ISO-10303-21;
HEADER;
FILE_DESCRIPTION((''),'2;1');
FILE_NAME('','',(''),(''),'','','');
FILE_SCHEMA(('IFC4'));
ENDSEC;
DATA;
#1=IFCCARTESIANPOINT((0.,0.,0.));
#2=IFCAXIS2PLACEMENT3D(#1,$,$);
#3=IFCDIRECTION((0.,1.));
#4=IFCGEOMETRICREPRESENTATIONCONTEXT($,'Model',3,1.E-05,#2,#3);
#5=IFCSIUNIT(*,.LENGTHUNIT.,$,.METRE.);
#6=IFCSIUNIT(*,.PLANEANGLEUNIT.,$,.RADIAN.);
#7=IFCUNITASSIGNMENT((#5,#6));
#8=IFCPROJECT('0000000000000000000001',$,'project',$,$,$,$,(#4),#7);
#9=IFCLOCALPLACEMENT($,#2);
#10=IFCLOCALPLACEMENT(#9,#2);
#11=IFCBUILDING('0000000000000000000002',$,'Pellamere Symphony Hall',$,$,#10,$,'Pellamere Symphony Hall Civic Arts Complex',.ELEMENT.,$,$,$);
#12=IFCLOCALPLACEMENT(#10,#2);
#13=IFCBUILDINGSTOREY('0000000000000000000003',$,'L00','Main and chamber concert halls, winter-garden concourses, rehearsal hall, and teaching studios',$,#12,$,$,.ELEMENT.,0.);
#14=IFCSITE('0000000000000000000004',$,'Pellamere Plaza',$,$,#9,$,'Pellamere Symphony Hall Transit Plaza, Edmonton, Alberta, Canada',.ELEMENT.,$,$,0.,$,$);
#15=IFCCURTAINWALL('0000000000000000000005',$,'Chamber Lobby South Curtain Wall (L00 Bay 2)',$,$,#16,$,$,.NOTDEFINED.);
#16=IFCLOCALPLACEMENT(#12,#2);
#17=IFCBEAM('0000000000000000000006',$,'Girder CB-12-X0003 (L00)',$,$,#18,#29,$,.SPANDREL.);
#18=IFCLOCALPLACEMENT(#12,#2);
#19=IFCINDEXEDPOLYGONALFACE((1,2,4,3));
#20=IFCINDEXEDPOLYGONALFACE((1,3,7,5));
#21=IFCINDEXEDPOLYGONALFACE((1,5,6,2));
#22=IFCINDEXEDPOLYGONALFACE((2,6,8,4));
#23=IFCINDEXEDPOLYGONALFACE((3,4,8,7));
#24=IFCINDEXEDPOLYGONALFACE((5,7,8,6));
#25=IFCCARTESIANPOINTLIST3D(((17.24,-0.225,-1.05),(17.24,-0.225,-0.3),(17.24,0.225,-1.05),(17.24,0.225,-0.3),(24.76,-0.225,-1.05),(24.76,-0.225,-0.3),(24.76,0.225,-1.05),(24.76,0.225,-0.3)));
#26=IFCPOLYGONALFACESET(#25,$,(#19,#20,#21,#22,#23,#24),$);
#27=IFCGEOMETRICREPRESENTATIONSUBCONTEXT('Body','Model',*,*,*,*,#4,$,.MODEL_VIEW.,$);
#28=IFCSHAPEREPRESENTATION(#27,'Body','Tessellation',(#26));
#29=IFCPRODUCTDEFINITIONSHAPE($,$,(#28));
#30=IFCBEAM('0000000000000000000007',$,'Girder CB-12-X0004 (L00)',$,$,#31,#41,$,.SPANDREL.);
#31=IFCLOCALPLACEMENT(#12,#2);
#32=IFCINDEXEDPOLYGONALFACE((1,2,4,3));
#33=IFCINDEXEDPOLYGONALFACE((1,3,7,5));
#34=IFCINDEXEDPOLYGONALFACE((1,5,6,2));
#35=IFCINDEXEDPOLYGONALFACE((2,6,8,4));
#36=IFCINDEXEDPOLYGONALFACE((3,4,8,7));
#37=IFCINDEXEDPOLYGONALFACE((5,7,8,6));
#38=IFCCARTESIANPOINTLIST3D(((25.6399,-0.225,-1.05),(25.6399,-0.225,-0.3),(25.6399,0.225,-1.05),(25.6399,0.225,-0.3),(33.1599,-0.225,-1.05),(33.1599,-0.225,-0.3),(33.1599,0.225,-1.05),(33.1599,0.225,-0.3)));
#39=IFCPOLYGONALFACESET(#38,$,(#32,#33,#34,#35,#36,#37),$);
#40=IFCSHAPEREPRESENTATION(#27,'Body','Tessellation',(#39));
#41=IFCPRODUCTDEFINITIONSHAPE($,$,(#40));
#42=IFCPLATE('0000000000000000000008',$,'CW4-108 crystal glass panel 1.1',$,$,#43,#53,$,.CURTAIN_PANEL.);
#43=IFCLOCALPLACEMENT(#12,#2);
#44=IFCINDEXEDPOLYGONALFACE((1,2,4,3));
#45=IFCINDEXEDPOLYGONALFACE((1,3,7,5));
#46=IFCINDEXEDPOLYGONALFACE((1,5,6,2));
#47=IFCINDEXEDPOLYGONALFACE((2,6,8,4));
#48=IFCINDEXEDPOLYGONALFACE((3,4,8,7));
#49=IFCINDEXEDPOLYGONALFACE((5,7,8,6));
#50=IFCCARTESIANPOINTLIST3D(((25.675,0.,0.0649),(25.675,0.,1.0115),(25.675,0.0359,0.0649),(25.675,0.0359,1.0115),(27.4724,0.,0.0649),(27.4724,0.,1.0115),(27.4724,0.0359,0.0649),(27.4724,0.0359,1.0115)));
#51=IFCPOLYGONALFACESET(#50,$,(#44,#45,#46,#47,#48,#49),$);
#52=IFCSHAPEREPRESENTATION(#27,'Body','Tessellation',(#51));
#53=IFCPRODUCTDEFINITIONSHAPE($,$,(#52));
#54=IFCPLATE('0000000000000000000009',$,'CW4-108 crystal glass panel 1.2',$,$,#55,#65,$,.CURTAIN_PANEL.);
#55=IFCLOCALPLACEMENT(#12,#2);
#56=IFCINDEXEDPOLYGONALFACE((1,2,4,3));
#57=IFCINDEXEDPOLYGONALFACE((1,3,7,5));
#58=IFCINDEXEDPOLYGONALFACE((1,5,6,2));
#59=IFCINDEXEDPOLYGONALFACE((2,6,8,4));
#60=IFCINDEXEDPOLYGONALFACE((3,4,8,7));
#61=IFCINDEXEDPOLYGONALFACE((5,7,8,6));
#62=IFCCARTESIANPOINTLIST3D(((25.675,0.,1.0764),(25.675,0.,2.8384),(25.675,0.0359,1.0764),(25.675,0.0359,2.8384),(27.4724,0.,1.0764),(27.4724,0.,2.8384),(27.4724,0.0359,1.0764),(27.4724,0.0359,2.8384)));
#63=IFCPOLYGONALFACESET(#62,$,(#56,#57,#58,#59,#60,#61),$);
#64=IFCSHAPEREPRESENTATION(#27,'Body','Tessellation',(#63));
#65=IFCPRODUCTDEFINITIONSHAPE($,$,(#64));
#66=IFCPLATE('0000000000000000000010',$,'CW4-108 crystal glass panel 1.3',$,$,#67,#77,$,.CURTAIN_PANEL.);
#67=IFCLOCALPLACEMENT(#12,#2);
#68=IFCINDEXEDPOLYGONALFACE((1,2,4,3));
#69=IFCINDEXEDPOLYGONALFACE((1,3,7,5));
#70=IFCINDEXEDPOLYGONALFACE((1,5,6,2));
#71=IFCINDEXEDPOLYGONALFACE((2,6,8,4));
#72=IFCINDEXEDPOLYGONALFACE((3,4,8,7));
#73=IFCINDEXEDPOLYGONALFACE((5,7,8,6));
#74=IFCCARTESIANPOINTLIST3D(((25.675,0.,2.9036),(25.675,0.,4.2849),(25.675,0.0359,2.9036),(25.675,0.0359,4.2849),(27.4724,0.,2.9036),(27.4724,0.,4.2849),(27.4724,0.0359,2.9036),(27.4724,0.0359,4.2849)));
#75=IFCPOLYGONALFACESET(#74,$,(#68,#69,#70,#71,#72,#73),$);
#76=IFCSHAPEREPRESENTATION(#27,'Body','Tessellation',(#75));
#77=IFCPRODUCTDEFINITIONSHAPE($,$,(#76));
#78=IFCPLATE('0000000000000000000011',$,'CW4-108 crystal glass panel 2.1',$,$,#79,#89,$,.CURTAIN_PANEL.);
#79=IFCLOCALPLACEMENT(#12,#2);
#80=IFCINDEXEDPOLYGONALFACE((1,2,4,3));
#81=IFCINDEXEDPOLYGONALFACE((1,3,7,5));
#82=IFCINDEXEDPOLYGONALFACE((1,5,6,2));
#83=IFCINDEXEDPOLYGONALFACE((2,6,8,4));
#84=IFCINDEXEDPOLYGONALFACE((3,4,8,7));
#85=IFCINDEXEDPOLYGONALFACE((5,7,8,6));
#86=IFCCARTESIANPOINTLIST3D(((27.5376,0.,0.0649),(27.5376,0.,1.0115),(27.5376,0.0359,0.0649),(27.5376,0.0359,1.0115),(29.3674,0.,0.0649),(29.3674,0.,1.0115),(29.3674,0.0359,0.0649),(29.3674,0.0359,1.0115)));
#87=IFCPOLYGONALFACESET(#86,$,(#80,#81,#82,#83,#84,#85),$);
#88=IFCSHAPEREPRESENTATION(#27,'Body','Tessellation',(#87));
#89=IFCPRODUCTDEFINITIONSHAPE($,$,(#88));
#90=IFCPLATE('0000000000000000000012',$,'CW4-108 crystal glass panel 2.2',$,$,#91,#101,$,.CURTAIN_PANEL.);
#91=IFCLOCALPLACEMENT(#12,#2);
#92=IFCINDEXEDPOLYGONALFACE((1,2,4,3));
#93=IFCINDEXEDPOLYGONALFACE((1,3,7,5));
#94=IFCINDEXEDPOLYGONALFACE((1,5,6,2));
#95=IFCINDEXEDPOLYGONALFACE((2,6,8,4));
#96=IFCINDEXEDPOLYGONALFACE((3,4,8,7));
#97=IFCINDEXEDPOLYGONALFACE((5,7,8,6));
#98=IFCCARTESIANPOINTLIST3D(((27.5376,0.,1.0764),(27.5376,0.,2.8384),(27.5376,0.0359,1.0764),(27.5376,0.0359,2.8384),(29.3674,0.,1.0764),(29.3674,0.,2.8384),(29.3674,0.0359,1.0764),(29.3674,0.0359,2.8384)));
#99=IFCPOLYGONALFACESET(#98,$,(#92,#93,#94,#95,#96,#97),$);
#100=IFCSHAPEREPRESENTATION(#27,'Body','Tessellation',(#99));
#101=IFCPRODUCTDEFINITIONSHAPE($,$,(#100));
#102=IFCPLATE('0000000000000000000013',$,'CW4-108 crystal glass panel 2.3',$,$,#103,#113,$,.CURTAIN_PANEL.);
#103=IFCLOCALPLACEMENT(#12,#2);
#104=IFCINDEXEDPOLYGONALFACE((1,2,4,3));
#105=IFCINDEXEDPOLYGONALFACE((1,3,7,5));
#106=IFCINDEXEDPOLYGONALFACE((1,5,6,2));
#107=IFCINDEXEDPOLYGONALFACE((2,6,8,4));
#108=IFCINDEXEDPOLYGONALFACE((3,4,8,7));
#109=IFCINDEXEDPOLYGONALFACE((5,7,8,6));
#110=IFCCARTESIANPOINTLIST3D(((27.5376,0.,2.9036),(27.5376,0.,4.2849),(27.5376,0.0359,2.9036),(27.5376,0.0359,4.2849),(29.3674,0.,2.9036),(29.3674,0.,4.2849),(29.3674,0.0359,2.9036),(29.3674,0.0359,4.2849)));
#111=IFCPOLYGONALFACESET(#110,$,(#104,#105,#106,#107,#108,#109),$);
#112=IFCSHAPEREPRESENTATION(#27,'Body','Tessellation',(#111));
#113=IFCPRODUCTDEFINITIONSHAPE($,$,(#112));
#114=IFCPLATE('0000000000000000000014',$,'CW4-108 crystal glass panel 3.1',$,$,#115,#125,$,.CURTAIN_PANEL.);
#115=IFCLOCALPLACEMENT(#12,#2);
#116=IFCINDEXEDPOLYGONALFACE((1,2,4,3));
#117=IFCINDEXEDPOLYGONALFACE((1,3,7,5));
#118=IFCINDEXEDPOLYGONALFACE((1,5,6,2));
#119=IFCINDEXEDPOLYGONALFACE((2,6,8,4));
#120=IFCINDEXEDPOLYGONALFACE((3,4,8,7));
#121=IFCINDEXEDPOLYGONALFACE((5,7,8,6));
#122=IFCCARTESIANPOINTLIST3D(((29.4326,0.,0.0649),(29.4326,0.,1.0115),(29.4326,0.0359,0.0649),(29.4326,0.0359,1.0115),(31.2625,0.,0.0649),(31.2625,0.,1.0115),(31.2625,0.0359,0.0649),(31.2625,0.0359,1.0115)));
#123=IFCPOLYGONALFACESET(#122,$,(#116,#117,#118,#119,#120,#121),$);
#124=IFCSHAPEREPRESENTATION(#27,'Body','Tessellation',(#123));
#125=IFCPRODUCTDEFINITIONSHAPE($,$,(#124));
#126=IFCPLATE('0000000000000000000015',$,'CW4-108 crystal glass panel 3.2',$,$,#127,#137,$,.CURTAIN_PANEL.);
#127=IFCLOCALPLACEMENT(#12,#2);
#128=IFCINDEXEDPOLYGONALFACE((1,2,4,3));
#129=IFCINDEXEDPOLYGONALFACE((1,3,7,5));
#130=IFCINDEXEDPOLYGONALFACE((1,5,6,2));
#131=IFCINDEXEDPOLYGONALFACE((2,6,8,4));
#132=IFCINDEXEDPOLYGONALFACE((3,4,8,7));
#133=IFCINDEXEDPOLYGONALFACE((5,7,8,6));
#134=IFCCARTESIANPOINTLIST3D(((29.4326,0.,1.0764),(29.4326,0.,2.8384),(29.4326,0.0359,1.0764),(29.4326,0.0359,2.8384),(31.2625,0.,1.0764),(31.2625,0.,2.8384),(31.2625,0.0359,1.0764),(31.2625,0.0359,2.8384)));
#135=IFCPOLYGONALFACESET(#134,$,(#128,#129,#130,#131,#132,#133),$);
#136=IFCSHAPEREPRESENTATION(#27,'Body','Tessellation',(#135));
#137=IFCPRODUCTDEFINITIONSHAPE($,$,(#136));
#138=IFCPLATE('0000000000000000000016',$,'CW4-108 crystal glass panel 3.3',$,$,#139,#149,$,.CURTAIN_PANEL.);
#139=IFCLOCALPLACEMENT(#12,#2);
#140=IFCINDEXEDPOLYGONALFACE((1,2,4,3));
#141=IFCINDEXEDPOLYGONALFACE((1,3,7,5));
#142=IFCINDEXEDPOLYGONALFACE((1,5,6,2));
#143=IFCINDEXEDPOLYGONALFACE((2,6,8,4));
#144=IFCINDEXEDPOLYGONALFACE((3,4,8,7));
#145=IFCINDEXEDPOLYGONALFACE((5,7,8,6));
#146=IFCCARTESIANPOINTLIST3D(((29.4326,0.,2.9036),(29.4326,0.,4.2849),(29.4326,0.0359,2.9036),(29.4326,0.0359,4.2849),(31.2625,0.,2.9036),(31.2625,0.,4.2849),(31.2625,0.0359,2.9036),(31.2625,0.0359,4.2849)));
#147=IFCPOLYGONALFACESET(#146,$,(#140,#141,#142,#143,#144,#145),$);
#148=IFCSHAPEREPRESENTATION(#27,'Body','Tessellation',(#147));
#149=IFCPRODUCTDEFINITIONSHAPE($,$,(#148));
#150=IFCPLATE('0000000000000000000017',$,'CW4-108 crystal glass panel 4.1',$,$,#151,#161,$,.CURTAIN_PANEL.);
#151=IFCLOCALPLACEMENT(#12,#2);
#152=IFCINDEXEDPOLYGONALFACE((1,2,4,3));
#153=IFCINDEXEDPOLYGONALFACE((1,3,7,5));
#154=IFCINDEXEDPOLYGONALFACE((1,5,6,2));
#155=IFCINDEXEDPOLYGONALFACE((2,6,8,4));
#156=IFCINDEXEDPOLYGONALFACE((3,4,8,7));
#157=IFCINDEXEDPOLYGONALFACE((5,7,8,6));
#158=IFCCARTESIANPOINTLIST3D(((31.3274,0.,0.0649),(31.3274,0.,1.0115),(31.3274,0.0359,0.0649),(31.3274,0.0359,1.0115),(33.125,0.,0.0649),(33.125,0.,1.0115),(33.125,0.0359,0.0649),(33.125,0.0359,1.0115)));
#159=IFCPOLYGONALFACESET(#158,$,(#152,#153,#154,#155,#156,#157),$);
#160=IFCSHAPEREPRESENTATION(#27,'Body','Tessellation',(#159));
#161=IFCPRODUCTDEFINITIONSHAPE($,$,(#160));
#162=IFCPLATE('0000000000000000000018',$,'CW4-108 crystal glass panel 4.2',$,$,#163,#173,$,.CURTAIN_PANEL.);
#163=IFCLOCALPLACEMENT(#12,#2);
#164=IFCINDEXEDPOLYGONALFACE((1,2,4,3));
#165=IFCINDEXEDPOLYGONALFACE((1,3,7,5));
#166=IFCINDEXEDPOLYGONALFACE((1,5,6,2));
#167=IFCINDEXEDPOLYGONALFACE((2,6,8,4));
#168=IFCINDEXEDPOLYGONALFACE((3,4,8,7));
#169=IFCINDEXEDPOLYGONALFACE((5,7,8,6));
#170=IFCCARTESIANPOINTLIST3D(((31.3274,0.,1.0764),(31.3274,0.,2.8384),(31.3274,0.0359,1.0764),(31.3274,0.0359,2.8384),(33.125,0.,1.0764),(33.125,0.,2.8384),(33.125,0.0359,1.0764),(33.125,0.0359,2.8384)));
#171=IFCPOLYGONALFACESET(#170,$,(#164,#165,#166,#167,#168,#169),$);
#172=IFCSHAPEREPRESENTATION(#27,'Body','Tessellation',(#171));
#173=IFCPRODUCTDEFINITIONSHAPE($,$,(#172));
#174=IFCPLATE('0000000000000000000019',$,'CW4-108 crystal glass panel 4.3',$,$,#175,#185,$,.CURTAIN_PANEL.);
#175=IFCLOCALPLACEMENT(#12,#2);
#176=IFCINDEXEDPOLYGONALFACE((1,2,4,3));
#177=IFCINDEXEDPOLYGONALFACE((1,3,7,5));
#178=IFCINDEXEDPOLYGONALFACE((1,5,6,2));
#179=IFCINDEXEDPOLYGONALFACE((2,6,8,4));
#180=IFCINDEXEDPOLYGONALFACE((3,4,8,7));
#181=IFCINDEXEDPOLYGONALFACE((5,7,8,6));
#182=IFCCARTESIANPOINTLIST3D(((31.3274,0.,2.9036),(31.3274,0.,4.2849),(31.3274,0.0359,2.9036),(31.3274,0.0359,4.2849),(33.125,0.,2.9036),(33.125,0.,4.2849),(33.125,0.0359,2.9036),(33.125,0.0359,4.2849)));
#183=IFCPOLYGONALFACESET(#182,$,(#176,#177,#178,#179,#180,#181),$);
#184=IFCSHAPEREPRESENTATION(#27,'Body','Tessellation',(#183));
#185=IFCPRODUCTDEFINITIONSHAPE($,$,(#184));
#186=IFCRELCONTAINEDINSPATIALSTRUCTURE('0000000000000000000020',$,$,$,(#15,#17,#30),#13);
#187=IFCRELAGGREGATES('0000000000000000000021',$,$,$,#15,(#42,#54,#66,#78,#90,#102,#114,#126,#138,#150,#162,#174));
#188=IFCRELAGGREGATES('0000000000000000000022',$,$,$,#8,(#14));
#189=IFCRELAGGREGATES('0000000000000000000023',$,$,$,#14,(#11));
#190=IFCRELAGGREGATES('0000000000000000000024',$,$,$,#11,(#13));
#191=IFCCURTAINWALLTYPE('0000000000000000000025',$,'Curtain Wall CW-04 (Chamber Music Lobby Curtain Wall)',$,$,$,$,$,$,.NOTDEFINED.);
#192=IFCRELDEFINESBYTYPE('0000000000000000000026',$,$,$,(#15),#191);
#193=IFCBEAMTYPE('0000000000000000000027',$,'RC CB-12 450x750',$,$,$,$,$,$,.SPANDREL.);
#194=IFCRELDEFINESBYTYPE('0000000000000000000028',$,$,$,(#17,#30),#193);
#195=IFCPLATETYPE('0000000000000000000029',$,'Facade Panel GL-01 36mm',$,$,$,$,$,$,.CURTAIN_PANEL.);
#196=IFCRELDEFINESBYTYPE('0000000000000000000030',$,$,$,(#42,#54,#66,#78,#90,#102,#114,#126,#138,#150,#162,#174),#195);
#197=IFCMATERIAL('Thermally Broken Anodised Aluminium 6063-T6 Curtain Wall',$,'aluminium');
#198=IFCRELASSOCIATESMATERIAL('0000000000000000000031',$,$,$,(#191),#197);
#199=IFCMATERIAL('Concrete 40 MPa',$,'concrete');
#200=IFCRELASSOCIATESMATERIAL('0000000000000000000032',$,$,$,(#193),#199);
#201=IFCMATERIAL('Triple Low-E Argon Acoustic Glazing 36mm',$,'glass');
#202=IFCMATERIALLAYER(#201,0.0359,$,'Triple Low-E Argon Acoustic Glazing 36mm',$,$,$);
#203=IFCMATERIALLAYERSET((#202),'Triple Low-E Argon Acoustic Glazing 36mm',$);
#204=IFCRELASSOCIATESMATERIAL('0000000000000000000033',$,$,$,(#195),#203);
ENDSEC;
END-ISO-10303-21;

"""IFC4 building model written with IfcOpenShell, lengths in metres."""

from ifc_helpers import new_model, si_unit, direction, frame, origin, origin_2d, place, context, subcontext, project, spatial, polyline, rectangle, outline, extrude, material, layer, layer_set, material_profile, profile_set, type_object, element, aggregate, save


model = new_model("IFC4")

# Units and contexts
model_context = context("Model", 3, precision=1e-05, world=origin(), true_north=direction((0.0, 1.0)))
body_context = subcontext(model_context, "Body", "Model", "MODEL_VIEW")
ifc_project = project(units=[si_unit("LENGTHUNIT", "METRE"), si_unit("PLANEANGLEUNIT", "RADIAN")], contexts=[model_context])

# Site, building, storey
site_placement = place(None, origin())
site = spatial("IfcSite", under=ifc_project, at=site_placement, Name="Pellamere Plaza", LongName="Pellamere Symphony Hall Transit Plaza, Edmonton, Alberta, Canada", CompositionType="ELEMENT", RefElevation=0.0)
building_placement = place(site_placement, origin())
building = spatial("IfcBuilding", under=site, at=building_placement, Name="Pellamere Symphony Hall", LongName="Pellamere Symphony Hall Civic Arts Complex", CompositionType="ELEMENT")
storey_placement = place(building_placement, origin())
storey = spatial("IfcBuildingStorey", under=building, at=storey_placement, Name="L00", Description="Main and chamber concert halls, winter-garden concourses, rehearsal hall, and teaching studios", CompositionType="ELEMENT", Elevation=0.0)

# Shared definitions
ifc_material_1 = material(Name="Concrete 40 MPa", Category="concrete")

# Curtain wall
ifc_material_2 = material(Name="Thermally Broken Anodised Aluminium 6063-T6 Curtain Wall", Category="aluminium")
curtain_wall_type = type_object("IfcCurtainWallType", Name="Curtain Wall CW-04 (Chamber Music Lobby Curtain Wall)", PredefinedType="NOTDEFINED", material=ifc_material_2)
curtain_wall_placement = place(storey_placement, origin())
curtain_wall = element("IfcCurtainWall", 1, at=curtain_wall_placement, inside=storey, type_object=curtain_wall_type, Name="Chamber Lobby South Curtain Wall (L00 Bay 2)", PredefinedType="NOTDEFINED")

# Beams
ifc_material_profile_1 = material_profile(ifc_material_1, rectangle(XDim=0.45, YDim=0.75, at=origin_2d()), Name="RC 450x750")
ifc_profile_set_1 = profile_set([ifc_material_profile_1], Name="Concrete 40 MPa")
beam_type = type_object("IfcBeamType", Name="RC CB-12 450x750", PredefinedType="SPANDREL", material=ifc_profile_set_1)
for number, where, z_axis, x_axis, name in (
    (2, (17.24, 0.0, -0.675), (1.0, 0.0, 0.0), (0.0, 1.0, 0.0), "Girder CB-12-X0003 (L00)"),
    (3, (25.6399, 0.0, -0.675), (1.0, 0.0, 0.0), (0.0, 1.0, 0.0), "Girder CB-12-X0004 (L00)"),
):
    element("IfcBeam", number, at=place(storey_placement, frame(where, z_axis=z_axis, x_axis=x_axis)), inside=storey, type_object=beam_type, Name=name, PredefinedType="SPANDREL", context=body_context, shape_type="SweptSolid", body=[
        extrude(rectangle(XDim=0.45, YDim=0.75, at=origin_2d()), origin(), (0.0, 0.0, 1.0), 7.52),
    ])

# Plates
ifc_material_3 = material(Name="Triple Low-E Argon Acoustic Glazing 36mm", Category="glass")
ifc_layer_1 = layer(ifc_material_3, 0.0359, Name="Triple Low-E Argon Acoustic Glazing 36mm")
ifc_layer_set_1 = layer_set([ifc_layer_1], Name="Triple Low-E Argon Acoustic Glazing 36mm")
plate_type = type_object("IfcPlateType", Name="Facade Panel GL-01 36mm", PredefinedType="CURTAIN_PANEL", material=ifc_layer_set_1)
plate_1_placement = place(storey_placement, frame((25.675, 0.0, 0.0649), z_axis=(0.0, -1.0, 0.0), x_axis=(1.0, 0.0, 0.0)))
plate_1 = element("IfcPlate", 4, at=plate_1_placement, type_object=plate_type, Name="CW4-108 crystal glass panel 1.1", PredefinedType="CURTAIN_PANEL", context=body_context, shape_type="SweptSolid", body=[
    extrude(outline(polyline([(0.0, 0.0), (1.7974, 0.0), (1.7974, 0.9465), (0.0, 0.9465), (0.0, 0.0)])), origin(), (0.0, 0.0, -1.0), 0.0359),
])
plate_2_placement = place(storey_placement, frame((25.675, 0.0, 1.0764), z_axis=(0.0, -1.0, 0.0), x_axis=(1.0, 0.0, 0.0)))
plate_2 = element("IfcPlate", 5, at=plate_2_placement, type_object=plate_type, Name="CW4-108 crystal glass panel 1.2", PredefinedType="CURTAIN_PANEL", context=body_context, shape_type="SweptSolid", body=[
    extrude(outline(polyline([(0.0, 0.0), (1.7974, 0.0), (1.7974, 1.762), (0.0, 1.762), (0.0, 0.0)])), origin(), (0.0, 0.0, -1.0), 0.0359),
])
plate_3_placement = place(storey_placement, frame((25.675, 0.0, 2.9036), z_axis=(0.0, -1.0, 0.0), x_axis=(1.0, 0.0, 0.0)))
plate_3 = element("IfcPlate", 6, at=plate_3_placement, type_object=plate_type, Name="CW4-108 crystal glass panel 1.3", PredefinedType="CURTAIN_PANEL", context=body_context, shape_type="SweptSolid", body=[
    extrude(outline(polyline([(0.0, 0.0), (1.7974, 0.0), (1.7974, 1.3813), (0.0, 1.3813), (0.0, 0.0)])), origin(), (0.0, 0.0, -1.0), 0.0359),
])
plate_4_placement = place(storey_placement, frame((27.5376, 0.0, 0.0649), z_axis=(0.0, -1.0, 0.0), x_axis=(1.0, 0.0, 0.0)))
plate_4 = element("IfcPlate", 7, at=plate_4_placement, type_object=plate_type, Name="CW4-108 crystal glass panel 2.1", PredefinedType="CURTAIN_PANEL", context=body_context, shape_type="SweptSolid", body=[
    extrude(outline(polyline([(0.0, 0.0), (1.8298, 0.0), (1.8298, 0.9465), (0.0, 0.9465), (0.0, 0.0)])), origin(), (0.0, 0.0, -1.0), 0.0359),
])
plate_5_placement = place(storey_placement, frame((27.5376, 0.0, 1.0764), z_axis=(0.0, -1.0, 0.0), x_axis=(1.0, 0.0, 0.0)))
plate_5 = element("IfcPlate", 8, at=plate_5_placement, type_object=plate_type, Name="CW4-108 crystal glass panel 2.2", PredefinedType="CURTAIN_PANEL", context=body_context, shape_type="SweptSolid", body=[
    extrude(outline(polyline([(0.0, 0.0), (1.8298, 0.0), (1.8298, 1.762), (0.0, 1.762), (0.0, 0.0)])), origin(), (0.0, 0.0, -1.0), 0.0359),
])
plate_6_placement = place(storey_placement, frame((27.5376, 0.0, 2.9036), z_axis=(0.0, -1.0, 0.0), x_axis=(1.0, 0.0, 0.0)))
plate_6 = element("IfcPlate", 9, at=plate_6_placement, type_object=plate_type, Name="CW4-108 crystal glass panel 2.3", PredefinedType="CURTAIN_PANEL", context=body_context, shape_type="SweptSolid", body=[
    extrude(outline(polyline([(0.0, 0.0), (1.8298, 0.0), (1.8298, 1.3813), (0.0, 1.3813), (0.0, 0.0)])), origin(), (0.0, 0.0, -1.0), 0.0359),
])
plate_7_placement = place(storey_placement, frame((29.4326, 0.0, 0.0649), z_axis=(0.0, -1.0, 0.0), x_axis=(1.0, 0.0, 0.0)))
plate_7 = element("IfcPlate", 10, at=plate_7_placement, type_object=plate_type, Name="CW4-108 crystal glass panel 3.1", PredefinedType="CURTAIN_PANEL", context=body_context, shape_type="SweptSolid", body=[
    extrude(outline(polyline([(0.0, 0.0), (1.8298, 0.0), (1.8298, 0.9465), (0.0, 0.9465), (0.0, 0.0)])), origin(), (0.0, 0.0, -1.0), 0.0359),
])
plate_8_placement = place(storey_placement, frame((29.4326, 0.0, 1.0764), z_axis=(0.0, -1.0, 0.0), x_axis=(1.0, 0.0, 0.0)))
plate_8 = element("IfcPlate", 11, at=plate_8_placement, type_object=plate_type, Name="CW4-108 crystal glass panel 3.2", PredefinedType="CURTAIN_PANEL", context=body_context, shape_type="SweptSolid", body=[
    extrude(outline(polyline([(0.0, 0.0), (1.8298, 0.0), (1.8298, 1.762), (0.0, 1.762), (0.0, 0.0)])), origin(), (0.0, 0.0, -1.0), 0.0359),
])
plate_9_placement = place(storey_placement, frame((29.4326, 0.0, 2.9036), z_axis=(0.0, -1.0, 0.0), x_axis=(1.0, 0.0, 0.0)))
plate_9 = element("IfcPlate", 12, at=plate_9_placement, type_object=plate_type, Name="CW4-108 crystal glass panel 3.3", PredefinedType="CURTAIN_PANEL", context=body_context, shape_type="SweptSolid", body=[
    extrude(outline(polyline([(0.0, 0.0), (1.8298, 0.0), (1.8298, 1.3813), (0.0, 1.3813), (0.0, 0.0)])), origin(), (0.0, 0.0, -1.0), 0.0359),
])
plate_10_placement = place(storey_placement, frame((31.3274, 0.0, 0.0649), z_axis=(0.0, -1.0, 0.0), x_axis=(1.0, 0.0, 0.0)))
plate_10 = element("IfcPlate", 13, at=plate_10_placement, type_object=plate_type, Name="CW4-108 crystal glass panel 4.1", PredefinedType="CURTAIN_PANEL", context=body_context, shape_type="SweptSolid", body=[
    extrude(outline(polyline([(0.0, 0.0), (1.7976, 0.0), (1.7976, 0.9465), (0.0, 0.9465), (0.0, 0.0)])), origin(), (0.0, 0.0, -1.0), 0.0359),
])
plate_11_placement = place(storey_placement, frame((31.3274, 0.0, 1.0764), z_axis=(0.0, -1.0, 0.0), x_axis=(1.0, 0.0, 0.0)))
plate_11 = element("IfcPlate", 14, at=plate_11_placement, type_object=plate_type, Name="CW4-108 crystal glass panel 4.2", PredefinedType="CURTAIN_PANEL", context=body_context, shape_type="SweptSolid", body=[
    extrude(outline(polyline([(0.0, 0.0), (1.7976, 0.0), (1.7976, 1.762), (0.0, 1.762), (0.0, 0.0)])), origin(), (0.0, 0.0, -1.0), 0.0359),
])
plate_12_placement = place(storey_placement, frame((31.3274, 0.0, 2.9036), z_axis=(0.0, -1.0, 0.0), x_axis=(1.0, 0.0, 0.0)))
plate_12 = element("IfcPlate", 15, at=plate_12_placement, type_object=plate_type, Name="CW4-108 crystal glass panel 4.3", PredefinedType="CURTAIN_PANEL", context=body_context, shape_type="SweptSolid", body=[
    extrude(outline(polyline([(0.0, 0.0), (1.7976, 0.0), (1.7976, 1.3813), (0.0, 1.3813), (0.0, 0.0)])), origin(), (0.0, 0.0, -1.0), 0.0359),
])
aggregate(curtain_wall, [plate_1, plate_2, plate_3, plate_4, plate_5, plate_6, plate_7, plate_8, plate_9, plate_10, plate_11, plate_12])

save(model, "model.ifc")
